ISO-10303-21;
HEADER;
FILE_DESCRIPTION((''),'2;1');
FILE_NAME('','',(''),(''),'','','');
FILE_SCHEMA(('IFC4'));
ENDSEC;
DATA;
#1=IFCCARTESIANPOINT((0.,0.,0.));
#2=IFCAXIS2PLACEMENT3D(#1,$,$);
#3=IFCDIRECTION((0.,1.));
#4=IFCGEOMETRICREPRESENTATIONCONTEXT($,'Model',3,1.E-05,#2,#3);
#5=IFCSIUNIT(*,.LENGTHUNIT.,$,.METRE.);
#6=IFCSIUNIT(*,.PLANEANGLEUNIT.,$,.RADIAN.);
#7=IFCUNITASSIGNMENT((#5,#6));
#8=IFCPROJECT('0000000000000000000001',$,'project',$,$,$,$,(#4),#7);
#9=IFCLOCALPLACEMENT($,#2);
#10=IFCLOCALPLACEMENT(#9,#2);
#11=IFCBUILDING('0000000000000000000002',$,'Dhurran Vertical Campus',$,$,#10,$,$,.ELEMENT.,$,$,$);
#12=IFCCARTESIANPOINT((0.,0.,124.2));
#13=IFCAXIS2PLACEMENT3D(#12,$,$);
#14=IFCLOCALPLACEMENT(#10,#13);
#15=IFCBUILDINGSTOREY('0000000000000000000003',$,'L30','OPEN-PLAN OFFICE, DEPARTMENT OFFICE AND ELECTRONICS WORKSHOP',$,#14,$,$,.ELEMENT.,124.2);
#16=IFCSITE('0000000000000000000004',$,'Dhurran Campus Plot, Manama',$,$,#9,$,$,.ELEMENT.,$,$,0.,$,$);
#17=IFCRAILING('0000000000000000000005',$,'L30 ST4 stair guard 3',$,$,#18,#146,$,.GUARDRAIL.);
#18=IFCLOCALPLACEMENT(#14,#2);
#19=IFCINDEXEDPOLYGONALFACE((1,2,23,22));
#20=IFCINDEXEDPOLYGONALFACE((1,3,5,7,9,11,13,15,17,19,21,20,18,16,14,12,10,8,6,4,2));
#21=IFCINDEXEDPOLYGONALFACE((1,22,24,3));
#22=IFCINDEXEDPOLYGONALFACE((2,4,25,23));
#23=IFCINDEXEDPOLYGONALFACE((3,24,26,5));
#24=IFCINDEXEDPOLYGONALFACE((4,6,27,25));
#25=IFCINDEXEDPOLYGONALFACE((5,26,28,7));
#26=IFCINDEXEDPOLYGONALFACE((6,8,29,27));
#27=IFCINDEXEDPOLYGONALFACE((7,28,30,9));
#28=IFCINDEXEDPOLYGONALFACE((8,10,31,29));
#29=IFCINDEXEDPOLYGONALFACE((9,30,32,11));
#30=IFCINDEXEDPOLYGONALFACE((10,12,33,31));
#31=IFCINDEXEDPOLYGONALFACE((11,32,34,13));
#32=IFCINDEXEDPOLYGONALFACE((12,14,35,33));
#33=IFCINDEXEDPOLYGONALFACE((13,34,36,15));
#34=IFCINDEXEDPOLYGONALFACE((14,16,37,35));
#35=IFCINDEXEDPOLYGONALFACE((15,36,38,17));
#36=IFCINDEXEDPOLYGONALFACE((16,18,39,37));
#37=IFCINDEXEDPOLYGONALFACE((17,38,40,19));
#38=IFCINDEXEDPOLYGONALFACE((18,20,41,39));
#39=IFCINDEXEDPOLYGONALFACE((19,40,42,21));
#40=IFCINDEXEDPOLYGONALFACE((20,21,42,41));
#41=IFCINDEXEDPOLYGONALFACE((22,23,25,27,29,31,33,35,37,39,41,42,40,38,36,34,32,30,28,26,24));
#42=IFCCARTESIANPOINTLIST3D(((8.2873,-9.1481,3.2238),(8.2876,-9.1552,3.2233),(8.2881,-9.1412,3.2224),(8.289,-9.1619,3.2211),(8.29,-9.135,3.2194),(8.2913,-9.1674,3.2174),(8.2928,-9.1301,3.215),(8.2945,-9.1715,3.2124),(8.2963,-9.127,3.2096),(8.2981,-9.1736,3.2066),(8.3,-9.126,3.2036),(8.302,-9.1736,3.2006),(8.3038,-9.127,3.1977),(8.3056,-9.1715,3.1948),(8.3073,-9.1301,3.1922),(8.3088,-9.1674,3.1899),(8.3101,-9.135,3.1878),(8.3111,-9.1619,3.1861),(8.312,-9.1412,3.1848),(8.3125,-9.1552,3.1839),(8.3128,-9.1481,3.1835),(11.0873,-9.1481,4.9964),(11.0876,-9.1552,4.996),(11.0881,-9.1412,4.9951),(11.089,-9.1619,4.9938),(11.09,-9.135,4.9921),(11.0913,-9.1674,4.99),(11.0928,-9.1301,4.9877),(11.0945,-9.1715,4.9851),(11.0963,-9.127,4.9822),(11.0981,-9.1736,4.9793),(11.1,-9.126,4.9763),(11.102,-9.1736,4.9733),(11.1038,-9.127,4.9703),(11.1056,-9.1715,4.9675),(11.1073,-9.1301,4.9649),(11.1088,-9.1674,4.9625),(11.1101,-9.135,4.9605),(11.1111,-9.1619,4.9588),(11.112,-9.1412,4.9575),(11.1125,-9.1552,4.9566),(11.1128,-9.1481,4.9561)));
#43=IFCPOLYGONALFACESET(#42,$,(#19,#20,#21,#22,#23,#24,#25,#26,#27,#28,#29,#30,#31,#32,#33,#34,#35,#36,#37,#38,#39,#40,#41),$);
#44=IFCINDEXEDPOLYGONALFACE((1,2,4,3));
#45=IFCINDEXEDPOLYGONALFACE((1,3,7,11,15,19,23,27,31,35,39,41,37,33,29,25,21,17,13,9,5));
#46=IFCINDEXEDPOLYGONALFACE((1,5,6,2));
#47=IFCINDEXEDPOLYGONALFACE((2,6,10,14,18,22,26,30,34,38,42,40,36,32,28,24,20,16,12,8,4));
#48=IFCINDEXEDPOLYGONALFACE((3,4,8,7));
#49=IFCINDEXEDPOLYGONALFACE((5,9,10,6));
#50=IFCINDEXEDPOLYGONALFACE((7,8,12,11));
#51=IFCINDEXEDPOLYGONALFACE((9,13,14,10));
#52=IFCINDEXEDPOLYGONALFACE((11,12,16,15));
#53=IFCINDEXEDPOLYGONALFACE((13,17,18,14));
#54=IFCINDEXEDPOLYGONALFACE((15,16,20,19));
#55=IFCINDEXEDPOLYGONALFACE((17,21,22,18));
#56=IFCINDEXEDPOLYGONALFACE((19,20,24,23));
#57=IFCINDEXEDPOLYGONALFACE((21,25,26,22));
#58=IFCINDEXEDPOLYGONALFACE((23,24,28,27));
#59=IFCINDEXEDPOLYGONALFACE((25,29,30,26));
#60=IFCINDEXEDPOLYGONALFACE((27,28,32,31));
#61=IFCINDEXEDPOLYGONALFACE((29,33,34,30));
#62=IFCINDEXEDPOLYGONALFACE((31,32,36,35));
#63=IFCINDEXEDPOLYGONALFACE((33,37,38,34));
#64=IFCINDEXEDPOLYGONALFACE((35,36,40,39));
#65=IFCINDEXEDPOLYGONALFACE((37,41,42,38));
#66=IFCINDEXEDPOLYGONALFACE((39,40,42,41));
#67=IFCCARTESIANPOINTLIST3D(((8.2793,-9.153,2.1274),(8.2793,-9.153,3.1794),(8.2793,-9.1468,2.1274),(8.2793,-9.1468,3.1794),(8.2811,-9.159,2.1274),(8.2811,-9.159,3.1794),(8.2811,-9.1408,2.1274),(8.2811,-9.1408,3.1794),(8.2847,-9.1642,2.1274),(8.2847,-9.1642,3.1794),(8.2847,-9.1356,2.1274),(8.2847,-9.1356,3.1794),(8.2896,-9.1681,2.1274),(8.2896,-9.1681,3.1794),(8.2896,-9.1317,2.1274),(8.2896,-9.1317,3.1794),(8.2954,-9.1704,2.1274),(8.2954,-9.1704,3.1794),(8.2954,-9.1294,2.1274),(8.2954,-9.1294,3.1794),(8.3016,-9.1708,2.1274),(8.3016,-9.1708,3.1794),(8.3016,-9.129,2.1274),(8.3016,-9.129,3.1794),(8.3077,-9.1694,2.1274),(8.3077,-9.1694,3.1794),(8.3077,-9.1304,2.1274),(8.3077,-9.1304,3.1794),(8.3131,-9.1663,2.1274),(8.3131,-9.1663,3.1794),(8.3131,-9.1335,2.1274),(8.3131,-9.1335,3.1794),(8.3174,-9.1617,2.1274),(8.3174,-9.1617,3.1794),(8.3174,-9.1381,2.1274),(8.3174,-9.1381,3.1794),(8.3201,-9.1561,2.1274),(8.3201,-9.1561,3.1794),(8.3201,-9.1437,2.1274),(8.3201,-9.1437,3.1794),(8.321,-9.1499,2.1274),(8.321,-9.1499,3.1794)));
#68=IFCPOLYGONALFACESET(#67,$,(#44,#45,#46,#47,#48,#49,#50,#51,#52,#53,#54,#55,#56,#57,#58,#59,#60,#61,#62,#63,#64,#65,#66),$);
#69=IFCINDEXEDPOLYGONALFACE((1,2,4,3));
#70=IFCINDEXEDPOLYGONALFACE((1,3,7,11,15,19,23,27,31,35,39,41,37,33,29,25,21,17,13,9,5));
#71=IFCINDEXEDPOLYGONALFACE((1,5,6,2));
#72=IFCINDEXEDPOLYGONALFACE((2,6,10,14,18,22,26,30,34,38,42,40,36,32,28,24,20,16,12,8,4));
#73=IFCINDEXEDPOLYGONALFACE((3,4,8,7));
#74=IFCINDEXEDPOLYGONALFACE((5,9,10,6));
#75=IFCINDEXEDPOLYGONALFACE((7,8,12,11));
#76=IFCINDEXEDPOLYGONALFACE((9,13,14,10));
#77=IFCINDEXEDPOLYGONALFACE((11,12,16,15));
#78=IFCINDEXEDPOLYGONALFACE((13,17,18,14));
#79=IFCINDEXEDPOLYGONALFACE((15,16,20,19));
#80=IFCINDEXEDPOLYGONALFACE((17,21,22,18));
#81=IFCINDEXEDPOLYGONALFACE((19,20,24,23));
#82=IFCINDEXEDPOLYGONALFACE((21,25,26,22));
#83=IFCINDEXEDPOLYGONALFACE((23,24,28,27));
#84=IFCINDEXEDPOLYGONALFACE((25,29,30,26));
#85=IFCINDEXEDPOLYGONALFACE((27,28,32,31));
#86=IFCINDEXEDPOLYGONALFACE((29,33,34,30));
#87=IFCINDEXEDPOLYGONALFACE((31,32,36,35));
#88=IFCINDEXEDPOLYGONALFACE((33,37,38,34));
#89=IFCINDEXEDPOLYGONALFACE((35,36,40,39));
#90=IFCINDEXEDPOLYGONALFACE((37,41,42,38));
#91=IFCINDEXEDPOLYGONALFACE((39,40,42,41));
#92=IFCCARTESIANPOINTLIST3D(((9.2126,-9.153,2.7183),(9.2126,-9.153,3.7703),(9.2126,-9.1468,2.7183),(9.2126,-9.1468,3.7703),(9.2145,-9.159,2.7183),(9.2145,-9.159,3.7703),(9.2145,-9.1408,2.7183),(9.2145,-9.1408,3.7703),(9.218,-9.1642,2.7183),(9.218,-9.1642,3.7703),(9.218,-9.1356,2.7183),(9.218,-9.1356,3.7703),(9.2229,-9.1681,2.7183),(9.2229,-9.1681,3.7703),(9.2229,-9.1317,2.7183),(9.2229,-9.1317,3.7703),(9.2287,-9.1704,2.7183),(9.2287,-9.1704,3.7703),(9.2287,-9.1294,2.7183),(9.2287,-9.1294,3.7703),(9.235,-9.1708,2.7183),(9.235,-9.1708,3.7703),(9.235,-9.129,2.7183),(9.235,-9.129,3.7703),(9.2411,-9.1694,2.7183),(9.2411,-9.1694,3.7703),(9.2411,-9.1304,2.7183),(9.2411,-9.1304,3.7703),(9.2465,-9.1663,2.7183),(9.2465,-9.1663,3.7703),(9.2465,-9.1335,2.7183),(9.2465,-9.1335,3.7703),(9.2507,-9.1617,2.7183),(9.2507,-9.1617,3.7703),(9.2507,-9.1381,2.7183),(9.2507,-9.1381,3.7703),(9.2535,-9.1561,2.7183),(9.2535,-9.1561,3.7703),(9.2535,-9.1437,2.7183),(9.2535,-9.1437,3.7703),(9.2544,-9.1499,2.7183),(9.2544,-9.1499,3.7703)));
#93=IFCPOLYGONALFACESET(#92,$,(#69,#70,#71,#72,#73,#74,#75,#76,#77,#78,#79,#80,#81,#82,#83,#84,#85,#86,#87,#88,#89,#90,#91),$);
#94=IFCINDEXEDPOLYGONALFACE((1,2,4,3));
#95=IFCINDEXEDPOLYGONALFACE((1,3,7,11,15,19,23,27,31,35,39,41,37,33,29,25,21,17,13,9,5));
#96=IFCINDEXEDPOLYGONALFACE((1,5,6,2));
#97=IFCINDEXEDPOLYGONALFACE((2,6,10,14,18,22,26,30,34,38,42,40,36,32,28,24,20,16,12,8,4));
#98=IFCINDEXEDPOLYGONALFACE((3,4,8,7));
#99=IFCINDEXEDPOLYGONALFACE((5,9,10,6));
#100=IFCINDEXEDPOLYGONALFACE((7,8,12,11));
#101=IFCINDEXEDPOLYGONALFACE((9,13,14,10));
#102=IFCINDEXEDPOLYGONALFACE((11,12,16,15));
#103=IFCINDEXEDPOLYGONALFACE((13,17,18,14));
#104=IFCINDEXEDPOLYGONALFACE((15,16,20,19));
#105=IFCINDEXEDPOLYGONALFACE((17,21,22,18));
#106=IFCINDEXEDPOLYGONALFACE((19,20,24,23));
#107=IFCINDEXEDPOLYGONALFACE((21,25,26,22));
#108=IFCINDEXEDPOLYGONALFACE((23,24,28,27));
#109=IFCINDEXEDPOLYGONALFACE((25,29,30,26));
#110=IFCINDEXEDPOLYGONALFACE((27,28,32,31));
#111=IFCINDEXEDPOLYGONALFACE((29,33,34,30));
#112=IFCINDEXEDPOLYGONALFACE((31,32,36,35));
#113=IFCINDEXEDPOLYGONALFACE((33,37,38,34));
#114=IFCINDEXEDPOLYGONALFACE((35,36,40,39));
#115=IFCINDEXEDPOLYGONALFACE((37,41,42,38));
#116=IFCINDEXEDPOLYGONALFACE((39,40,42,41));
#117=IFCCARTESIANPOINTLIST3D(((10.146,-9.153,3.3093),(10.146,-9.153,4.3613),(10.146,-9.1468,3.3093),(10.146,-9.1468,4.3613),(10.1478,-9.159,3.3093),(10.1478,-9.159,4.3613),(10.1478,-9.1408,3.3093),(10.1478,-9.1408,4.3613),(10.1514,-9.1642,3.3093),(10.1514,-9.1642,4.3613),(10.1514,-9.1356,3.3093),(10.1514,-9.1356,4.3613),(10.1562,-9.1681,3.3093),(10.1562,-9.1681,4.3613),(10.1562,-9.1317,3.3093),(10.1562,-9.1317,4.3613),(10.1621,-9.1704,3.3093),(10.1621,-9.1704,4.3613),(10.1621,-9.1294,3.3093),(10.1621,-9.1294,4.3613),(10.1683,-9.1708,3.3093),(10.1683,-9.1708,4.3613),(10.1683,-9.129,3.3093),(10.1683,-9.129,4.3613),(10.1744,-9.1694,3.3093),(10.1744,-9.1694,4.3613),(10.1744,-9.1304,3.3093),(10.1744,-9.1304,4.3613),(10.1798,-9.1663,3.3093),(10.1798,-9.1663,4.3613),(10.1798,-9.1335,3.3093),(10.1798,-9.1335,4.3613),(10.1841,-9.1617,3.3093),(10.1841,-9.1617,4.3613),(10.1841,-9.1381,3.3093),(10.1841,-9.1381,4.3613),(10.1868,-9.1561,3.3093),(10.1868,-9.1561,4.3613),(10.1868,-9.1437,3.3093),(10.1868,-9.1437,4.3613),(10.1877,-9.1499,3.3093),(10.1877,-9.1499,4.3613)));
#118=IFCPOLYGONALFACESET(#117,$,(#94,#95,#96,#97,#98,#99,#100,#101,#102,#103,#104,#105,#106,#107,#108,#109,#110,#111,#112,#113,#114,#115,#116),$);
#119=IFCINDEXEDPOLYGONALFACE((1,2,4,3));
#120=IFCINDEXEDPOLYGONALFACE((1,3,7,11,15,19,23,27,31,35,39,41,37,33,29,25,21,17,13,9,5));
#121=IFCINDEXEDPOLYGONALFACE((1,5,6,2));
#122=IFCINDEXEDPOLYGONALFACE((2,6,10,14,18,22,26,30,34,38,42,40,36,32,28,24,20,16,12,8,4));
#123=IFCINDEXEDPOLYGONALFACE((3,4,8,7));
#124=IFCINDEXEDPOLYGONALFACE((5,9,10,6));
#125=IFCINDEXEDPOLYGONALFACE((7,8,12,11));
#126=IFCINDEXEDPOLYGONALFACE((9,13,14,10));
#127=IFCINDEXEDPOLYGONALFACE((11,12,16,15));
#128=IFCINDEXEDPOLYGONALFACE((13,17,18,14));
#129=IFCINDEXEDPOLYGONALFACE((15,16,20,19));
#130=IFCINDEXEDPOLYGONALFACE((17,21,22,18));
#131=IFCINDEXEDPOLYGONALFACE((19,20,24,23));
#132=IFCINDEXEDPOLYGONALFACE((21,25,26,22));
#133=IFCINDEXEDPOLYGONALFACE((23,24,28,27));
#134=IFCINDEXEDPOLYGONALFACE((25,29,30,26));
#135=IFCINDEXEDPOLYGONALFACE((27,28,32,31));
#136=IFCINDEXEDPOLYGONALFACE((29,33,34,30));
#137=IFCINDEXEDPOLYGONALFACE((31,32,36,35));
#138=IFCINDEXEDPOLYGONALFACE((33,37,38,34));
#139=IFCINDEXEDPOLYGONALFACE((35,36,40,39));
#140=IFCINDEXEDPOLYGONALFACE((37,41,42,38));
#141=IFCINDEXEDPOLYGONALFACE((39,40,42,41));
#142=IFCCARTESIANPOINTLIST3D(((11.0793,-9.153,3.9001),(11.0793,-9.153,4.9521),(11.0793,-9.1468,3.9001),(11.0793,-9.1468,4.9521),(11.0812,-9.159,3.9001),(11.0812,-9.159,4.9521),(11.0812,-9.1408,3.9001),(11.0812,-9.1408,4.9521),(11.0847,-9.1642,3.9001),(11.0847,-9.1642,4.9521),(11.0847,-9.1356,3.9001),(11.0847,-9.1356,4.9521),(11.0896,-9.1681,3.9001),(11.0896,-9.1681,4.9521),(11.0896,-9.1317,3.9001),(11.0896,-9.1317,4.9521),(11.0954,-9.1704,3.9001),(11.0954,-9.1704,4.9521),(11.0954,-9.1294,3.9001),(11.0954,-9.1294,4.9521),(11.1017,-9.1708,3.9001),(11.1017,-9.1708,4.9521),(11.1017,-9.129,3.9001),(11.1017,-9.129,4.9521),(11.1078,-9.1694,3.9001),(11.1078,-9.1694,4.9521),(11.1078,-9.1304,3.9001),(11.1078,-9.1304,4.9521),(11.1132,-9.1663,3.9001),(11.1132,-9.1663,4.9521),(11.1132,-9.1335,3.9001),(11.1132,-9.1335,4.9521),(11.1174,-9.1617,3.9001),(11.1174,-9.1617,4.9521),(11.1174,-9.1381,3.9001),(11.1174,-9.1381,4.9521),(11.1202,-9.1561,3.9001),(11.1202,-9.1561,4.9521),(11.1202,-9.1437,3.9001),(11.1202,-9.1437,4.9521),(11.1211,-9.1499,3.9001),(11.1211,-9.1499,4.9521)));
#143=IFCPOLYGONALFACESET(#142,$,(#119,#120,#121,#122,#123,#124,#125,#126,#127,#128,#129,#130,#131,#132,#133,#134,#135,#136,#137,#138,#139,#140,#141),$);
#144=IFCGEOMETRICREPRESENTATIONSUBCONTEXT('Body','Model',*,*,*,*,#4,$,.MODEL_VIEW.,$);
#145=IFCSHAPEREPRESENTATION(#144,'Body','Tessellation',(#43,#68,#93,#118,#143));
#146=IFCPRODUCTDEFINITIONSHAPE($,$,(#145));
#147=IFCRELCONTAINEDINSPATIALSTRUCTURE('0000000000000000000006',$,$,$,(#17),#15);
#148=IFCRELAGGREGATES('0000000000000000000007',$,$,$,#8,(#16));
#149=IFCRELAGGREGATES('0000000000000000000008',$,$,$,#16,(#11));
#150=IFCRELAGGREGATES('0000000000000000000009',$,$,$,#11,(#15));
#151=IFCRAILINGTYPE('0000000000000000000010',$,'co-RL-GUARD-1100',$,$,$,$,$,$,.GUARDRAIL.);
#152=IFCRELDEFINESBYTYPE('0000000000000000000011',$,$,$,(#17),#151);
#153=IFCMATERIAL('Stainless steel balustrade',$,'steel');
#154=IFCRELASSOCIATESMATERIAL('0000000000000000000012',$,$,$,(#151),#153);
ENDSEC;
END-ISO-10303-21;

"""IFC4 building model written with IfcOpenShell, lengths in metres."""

from ifc_helpers import new_model, si_unit, direction, frame, origin, origin_2d, place, context, subcontext, project, spatial, circle, extrude, material, type_object, element, save


model = new_model("IFC4")

# Units and contexts
model_context = context("Model", 3, precision=1e-05, world=origin(), true_north=direction((0.0, 1.0)))
body_context = subcontext(model_context, "Body", "Model", "MODEL_VIEW")
ifc_project = project(units=[si_unit("LENGTHUNIT", "METRE"), si_unit("PLANEANGLEUNIT", "RADIAN")], contexts=[model_context])

# Site, building, storey
site_placement = place(None, origin())
site = spatial("IfcSite", under=ifc_project, at=site_placement, Name="Dhurran Campus Plot, Manama", CompositionType="ELEMENT", RefElevation=0.0)
building_placement = place(site_placement, origin())
building = spatial("IfcBuilding", under=site, at=building_placement, Name="Dhurran Vertical Campus", CompositionType="ELEMENT")
storey_placement = place(building_placement, frame((0.0, 0.0, 124.2)))
storey = spatial("IfcBuildingStorey", under=building, at=storey_placement, Name="L30", Description="OPEN-PLAN OFFICE, DEPARTMENT OFFICE AND ELECTRONICS WORKSHOP", CompositionType="ELEMENT", Elevation=124.2)

# Railing
ifc_material_1 = material(Name="Stainless steel balustrade", Category="steel")
railing_type_1 = type_object("IfcRailingType", Name="co-RL-GUARD-1100", PredefinedType="GUARDRAIL", material=ifc_material_1)
railing_1_placement = place(storey_placement, frame((8.3, -9.1499, 2.1274)))
element("IfcRailing", 1, at=railing_1_placement, inside=storey, type_object=railing_type_1, Name="L30 ST4 stair guard 3", PredefinedType="GUARDRAIL", context=body_context, shape_type="SweptSolid", body=[
    extrude(circle(Radius=0.0239, at=origin_2d()), frame((0.0, 0.0, 1.0762), z_axis=(0.844909, 0.0, 0.53491), x_axis=(0.0, 1.0, 0.0)), (0.0, 0.0, 1.0), 3.314),
    extrude(circle(Radius=0.021, at=origin_2d()), origin(), (0.0, 0.0, 1.0), 1.052),
    extrude(circle(Radius=0.021, at=origin_2d()), frame((0.9333, 0.0, 0.5908)), (0.0, 0.0, 1.0), 1.052),
    extrude(circle(Radius=0.021, at=origin_2d()), frame((1.8667, 0.0, 1.1819)), (0.0, 0.0, 1.0), 1.052),
    extrude(circle(Radius=0.021, at=origin_2d()), frame((2.8, 0.0, 1.7727)), (0.0, 0.0, 1.0), 1.052),
])

save(model, "model.ifc")
